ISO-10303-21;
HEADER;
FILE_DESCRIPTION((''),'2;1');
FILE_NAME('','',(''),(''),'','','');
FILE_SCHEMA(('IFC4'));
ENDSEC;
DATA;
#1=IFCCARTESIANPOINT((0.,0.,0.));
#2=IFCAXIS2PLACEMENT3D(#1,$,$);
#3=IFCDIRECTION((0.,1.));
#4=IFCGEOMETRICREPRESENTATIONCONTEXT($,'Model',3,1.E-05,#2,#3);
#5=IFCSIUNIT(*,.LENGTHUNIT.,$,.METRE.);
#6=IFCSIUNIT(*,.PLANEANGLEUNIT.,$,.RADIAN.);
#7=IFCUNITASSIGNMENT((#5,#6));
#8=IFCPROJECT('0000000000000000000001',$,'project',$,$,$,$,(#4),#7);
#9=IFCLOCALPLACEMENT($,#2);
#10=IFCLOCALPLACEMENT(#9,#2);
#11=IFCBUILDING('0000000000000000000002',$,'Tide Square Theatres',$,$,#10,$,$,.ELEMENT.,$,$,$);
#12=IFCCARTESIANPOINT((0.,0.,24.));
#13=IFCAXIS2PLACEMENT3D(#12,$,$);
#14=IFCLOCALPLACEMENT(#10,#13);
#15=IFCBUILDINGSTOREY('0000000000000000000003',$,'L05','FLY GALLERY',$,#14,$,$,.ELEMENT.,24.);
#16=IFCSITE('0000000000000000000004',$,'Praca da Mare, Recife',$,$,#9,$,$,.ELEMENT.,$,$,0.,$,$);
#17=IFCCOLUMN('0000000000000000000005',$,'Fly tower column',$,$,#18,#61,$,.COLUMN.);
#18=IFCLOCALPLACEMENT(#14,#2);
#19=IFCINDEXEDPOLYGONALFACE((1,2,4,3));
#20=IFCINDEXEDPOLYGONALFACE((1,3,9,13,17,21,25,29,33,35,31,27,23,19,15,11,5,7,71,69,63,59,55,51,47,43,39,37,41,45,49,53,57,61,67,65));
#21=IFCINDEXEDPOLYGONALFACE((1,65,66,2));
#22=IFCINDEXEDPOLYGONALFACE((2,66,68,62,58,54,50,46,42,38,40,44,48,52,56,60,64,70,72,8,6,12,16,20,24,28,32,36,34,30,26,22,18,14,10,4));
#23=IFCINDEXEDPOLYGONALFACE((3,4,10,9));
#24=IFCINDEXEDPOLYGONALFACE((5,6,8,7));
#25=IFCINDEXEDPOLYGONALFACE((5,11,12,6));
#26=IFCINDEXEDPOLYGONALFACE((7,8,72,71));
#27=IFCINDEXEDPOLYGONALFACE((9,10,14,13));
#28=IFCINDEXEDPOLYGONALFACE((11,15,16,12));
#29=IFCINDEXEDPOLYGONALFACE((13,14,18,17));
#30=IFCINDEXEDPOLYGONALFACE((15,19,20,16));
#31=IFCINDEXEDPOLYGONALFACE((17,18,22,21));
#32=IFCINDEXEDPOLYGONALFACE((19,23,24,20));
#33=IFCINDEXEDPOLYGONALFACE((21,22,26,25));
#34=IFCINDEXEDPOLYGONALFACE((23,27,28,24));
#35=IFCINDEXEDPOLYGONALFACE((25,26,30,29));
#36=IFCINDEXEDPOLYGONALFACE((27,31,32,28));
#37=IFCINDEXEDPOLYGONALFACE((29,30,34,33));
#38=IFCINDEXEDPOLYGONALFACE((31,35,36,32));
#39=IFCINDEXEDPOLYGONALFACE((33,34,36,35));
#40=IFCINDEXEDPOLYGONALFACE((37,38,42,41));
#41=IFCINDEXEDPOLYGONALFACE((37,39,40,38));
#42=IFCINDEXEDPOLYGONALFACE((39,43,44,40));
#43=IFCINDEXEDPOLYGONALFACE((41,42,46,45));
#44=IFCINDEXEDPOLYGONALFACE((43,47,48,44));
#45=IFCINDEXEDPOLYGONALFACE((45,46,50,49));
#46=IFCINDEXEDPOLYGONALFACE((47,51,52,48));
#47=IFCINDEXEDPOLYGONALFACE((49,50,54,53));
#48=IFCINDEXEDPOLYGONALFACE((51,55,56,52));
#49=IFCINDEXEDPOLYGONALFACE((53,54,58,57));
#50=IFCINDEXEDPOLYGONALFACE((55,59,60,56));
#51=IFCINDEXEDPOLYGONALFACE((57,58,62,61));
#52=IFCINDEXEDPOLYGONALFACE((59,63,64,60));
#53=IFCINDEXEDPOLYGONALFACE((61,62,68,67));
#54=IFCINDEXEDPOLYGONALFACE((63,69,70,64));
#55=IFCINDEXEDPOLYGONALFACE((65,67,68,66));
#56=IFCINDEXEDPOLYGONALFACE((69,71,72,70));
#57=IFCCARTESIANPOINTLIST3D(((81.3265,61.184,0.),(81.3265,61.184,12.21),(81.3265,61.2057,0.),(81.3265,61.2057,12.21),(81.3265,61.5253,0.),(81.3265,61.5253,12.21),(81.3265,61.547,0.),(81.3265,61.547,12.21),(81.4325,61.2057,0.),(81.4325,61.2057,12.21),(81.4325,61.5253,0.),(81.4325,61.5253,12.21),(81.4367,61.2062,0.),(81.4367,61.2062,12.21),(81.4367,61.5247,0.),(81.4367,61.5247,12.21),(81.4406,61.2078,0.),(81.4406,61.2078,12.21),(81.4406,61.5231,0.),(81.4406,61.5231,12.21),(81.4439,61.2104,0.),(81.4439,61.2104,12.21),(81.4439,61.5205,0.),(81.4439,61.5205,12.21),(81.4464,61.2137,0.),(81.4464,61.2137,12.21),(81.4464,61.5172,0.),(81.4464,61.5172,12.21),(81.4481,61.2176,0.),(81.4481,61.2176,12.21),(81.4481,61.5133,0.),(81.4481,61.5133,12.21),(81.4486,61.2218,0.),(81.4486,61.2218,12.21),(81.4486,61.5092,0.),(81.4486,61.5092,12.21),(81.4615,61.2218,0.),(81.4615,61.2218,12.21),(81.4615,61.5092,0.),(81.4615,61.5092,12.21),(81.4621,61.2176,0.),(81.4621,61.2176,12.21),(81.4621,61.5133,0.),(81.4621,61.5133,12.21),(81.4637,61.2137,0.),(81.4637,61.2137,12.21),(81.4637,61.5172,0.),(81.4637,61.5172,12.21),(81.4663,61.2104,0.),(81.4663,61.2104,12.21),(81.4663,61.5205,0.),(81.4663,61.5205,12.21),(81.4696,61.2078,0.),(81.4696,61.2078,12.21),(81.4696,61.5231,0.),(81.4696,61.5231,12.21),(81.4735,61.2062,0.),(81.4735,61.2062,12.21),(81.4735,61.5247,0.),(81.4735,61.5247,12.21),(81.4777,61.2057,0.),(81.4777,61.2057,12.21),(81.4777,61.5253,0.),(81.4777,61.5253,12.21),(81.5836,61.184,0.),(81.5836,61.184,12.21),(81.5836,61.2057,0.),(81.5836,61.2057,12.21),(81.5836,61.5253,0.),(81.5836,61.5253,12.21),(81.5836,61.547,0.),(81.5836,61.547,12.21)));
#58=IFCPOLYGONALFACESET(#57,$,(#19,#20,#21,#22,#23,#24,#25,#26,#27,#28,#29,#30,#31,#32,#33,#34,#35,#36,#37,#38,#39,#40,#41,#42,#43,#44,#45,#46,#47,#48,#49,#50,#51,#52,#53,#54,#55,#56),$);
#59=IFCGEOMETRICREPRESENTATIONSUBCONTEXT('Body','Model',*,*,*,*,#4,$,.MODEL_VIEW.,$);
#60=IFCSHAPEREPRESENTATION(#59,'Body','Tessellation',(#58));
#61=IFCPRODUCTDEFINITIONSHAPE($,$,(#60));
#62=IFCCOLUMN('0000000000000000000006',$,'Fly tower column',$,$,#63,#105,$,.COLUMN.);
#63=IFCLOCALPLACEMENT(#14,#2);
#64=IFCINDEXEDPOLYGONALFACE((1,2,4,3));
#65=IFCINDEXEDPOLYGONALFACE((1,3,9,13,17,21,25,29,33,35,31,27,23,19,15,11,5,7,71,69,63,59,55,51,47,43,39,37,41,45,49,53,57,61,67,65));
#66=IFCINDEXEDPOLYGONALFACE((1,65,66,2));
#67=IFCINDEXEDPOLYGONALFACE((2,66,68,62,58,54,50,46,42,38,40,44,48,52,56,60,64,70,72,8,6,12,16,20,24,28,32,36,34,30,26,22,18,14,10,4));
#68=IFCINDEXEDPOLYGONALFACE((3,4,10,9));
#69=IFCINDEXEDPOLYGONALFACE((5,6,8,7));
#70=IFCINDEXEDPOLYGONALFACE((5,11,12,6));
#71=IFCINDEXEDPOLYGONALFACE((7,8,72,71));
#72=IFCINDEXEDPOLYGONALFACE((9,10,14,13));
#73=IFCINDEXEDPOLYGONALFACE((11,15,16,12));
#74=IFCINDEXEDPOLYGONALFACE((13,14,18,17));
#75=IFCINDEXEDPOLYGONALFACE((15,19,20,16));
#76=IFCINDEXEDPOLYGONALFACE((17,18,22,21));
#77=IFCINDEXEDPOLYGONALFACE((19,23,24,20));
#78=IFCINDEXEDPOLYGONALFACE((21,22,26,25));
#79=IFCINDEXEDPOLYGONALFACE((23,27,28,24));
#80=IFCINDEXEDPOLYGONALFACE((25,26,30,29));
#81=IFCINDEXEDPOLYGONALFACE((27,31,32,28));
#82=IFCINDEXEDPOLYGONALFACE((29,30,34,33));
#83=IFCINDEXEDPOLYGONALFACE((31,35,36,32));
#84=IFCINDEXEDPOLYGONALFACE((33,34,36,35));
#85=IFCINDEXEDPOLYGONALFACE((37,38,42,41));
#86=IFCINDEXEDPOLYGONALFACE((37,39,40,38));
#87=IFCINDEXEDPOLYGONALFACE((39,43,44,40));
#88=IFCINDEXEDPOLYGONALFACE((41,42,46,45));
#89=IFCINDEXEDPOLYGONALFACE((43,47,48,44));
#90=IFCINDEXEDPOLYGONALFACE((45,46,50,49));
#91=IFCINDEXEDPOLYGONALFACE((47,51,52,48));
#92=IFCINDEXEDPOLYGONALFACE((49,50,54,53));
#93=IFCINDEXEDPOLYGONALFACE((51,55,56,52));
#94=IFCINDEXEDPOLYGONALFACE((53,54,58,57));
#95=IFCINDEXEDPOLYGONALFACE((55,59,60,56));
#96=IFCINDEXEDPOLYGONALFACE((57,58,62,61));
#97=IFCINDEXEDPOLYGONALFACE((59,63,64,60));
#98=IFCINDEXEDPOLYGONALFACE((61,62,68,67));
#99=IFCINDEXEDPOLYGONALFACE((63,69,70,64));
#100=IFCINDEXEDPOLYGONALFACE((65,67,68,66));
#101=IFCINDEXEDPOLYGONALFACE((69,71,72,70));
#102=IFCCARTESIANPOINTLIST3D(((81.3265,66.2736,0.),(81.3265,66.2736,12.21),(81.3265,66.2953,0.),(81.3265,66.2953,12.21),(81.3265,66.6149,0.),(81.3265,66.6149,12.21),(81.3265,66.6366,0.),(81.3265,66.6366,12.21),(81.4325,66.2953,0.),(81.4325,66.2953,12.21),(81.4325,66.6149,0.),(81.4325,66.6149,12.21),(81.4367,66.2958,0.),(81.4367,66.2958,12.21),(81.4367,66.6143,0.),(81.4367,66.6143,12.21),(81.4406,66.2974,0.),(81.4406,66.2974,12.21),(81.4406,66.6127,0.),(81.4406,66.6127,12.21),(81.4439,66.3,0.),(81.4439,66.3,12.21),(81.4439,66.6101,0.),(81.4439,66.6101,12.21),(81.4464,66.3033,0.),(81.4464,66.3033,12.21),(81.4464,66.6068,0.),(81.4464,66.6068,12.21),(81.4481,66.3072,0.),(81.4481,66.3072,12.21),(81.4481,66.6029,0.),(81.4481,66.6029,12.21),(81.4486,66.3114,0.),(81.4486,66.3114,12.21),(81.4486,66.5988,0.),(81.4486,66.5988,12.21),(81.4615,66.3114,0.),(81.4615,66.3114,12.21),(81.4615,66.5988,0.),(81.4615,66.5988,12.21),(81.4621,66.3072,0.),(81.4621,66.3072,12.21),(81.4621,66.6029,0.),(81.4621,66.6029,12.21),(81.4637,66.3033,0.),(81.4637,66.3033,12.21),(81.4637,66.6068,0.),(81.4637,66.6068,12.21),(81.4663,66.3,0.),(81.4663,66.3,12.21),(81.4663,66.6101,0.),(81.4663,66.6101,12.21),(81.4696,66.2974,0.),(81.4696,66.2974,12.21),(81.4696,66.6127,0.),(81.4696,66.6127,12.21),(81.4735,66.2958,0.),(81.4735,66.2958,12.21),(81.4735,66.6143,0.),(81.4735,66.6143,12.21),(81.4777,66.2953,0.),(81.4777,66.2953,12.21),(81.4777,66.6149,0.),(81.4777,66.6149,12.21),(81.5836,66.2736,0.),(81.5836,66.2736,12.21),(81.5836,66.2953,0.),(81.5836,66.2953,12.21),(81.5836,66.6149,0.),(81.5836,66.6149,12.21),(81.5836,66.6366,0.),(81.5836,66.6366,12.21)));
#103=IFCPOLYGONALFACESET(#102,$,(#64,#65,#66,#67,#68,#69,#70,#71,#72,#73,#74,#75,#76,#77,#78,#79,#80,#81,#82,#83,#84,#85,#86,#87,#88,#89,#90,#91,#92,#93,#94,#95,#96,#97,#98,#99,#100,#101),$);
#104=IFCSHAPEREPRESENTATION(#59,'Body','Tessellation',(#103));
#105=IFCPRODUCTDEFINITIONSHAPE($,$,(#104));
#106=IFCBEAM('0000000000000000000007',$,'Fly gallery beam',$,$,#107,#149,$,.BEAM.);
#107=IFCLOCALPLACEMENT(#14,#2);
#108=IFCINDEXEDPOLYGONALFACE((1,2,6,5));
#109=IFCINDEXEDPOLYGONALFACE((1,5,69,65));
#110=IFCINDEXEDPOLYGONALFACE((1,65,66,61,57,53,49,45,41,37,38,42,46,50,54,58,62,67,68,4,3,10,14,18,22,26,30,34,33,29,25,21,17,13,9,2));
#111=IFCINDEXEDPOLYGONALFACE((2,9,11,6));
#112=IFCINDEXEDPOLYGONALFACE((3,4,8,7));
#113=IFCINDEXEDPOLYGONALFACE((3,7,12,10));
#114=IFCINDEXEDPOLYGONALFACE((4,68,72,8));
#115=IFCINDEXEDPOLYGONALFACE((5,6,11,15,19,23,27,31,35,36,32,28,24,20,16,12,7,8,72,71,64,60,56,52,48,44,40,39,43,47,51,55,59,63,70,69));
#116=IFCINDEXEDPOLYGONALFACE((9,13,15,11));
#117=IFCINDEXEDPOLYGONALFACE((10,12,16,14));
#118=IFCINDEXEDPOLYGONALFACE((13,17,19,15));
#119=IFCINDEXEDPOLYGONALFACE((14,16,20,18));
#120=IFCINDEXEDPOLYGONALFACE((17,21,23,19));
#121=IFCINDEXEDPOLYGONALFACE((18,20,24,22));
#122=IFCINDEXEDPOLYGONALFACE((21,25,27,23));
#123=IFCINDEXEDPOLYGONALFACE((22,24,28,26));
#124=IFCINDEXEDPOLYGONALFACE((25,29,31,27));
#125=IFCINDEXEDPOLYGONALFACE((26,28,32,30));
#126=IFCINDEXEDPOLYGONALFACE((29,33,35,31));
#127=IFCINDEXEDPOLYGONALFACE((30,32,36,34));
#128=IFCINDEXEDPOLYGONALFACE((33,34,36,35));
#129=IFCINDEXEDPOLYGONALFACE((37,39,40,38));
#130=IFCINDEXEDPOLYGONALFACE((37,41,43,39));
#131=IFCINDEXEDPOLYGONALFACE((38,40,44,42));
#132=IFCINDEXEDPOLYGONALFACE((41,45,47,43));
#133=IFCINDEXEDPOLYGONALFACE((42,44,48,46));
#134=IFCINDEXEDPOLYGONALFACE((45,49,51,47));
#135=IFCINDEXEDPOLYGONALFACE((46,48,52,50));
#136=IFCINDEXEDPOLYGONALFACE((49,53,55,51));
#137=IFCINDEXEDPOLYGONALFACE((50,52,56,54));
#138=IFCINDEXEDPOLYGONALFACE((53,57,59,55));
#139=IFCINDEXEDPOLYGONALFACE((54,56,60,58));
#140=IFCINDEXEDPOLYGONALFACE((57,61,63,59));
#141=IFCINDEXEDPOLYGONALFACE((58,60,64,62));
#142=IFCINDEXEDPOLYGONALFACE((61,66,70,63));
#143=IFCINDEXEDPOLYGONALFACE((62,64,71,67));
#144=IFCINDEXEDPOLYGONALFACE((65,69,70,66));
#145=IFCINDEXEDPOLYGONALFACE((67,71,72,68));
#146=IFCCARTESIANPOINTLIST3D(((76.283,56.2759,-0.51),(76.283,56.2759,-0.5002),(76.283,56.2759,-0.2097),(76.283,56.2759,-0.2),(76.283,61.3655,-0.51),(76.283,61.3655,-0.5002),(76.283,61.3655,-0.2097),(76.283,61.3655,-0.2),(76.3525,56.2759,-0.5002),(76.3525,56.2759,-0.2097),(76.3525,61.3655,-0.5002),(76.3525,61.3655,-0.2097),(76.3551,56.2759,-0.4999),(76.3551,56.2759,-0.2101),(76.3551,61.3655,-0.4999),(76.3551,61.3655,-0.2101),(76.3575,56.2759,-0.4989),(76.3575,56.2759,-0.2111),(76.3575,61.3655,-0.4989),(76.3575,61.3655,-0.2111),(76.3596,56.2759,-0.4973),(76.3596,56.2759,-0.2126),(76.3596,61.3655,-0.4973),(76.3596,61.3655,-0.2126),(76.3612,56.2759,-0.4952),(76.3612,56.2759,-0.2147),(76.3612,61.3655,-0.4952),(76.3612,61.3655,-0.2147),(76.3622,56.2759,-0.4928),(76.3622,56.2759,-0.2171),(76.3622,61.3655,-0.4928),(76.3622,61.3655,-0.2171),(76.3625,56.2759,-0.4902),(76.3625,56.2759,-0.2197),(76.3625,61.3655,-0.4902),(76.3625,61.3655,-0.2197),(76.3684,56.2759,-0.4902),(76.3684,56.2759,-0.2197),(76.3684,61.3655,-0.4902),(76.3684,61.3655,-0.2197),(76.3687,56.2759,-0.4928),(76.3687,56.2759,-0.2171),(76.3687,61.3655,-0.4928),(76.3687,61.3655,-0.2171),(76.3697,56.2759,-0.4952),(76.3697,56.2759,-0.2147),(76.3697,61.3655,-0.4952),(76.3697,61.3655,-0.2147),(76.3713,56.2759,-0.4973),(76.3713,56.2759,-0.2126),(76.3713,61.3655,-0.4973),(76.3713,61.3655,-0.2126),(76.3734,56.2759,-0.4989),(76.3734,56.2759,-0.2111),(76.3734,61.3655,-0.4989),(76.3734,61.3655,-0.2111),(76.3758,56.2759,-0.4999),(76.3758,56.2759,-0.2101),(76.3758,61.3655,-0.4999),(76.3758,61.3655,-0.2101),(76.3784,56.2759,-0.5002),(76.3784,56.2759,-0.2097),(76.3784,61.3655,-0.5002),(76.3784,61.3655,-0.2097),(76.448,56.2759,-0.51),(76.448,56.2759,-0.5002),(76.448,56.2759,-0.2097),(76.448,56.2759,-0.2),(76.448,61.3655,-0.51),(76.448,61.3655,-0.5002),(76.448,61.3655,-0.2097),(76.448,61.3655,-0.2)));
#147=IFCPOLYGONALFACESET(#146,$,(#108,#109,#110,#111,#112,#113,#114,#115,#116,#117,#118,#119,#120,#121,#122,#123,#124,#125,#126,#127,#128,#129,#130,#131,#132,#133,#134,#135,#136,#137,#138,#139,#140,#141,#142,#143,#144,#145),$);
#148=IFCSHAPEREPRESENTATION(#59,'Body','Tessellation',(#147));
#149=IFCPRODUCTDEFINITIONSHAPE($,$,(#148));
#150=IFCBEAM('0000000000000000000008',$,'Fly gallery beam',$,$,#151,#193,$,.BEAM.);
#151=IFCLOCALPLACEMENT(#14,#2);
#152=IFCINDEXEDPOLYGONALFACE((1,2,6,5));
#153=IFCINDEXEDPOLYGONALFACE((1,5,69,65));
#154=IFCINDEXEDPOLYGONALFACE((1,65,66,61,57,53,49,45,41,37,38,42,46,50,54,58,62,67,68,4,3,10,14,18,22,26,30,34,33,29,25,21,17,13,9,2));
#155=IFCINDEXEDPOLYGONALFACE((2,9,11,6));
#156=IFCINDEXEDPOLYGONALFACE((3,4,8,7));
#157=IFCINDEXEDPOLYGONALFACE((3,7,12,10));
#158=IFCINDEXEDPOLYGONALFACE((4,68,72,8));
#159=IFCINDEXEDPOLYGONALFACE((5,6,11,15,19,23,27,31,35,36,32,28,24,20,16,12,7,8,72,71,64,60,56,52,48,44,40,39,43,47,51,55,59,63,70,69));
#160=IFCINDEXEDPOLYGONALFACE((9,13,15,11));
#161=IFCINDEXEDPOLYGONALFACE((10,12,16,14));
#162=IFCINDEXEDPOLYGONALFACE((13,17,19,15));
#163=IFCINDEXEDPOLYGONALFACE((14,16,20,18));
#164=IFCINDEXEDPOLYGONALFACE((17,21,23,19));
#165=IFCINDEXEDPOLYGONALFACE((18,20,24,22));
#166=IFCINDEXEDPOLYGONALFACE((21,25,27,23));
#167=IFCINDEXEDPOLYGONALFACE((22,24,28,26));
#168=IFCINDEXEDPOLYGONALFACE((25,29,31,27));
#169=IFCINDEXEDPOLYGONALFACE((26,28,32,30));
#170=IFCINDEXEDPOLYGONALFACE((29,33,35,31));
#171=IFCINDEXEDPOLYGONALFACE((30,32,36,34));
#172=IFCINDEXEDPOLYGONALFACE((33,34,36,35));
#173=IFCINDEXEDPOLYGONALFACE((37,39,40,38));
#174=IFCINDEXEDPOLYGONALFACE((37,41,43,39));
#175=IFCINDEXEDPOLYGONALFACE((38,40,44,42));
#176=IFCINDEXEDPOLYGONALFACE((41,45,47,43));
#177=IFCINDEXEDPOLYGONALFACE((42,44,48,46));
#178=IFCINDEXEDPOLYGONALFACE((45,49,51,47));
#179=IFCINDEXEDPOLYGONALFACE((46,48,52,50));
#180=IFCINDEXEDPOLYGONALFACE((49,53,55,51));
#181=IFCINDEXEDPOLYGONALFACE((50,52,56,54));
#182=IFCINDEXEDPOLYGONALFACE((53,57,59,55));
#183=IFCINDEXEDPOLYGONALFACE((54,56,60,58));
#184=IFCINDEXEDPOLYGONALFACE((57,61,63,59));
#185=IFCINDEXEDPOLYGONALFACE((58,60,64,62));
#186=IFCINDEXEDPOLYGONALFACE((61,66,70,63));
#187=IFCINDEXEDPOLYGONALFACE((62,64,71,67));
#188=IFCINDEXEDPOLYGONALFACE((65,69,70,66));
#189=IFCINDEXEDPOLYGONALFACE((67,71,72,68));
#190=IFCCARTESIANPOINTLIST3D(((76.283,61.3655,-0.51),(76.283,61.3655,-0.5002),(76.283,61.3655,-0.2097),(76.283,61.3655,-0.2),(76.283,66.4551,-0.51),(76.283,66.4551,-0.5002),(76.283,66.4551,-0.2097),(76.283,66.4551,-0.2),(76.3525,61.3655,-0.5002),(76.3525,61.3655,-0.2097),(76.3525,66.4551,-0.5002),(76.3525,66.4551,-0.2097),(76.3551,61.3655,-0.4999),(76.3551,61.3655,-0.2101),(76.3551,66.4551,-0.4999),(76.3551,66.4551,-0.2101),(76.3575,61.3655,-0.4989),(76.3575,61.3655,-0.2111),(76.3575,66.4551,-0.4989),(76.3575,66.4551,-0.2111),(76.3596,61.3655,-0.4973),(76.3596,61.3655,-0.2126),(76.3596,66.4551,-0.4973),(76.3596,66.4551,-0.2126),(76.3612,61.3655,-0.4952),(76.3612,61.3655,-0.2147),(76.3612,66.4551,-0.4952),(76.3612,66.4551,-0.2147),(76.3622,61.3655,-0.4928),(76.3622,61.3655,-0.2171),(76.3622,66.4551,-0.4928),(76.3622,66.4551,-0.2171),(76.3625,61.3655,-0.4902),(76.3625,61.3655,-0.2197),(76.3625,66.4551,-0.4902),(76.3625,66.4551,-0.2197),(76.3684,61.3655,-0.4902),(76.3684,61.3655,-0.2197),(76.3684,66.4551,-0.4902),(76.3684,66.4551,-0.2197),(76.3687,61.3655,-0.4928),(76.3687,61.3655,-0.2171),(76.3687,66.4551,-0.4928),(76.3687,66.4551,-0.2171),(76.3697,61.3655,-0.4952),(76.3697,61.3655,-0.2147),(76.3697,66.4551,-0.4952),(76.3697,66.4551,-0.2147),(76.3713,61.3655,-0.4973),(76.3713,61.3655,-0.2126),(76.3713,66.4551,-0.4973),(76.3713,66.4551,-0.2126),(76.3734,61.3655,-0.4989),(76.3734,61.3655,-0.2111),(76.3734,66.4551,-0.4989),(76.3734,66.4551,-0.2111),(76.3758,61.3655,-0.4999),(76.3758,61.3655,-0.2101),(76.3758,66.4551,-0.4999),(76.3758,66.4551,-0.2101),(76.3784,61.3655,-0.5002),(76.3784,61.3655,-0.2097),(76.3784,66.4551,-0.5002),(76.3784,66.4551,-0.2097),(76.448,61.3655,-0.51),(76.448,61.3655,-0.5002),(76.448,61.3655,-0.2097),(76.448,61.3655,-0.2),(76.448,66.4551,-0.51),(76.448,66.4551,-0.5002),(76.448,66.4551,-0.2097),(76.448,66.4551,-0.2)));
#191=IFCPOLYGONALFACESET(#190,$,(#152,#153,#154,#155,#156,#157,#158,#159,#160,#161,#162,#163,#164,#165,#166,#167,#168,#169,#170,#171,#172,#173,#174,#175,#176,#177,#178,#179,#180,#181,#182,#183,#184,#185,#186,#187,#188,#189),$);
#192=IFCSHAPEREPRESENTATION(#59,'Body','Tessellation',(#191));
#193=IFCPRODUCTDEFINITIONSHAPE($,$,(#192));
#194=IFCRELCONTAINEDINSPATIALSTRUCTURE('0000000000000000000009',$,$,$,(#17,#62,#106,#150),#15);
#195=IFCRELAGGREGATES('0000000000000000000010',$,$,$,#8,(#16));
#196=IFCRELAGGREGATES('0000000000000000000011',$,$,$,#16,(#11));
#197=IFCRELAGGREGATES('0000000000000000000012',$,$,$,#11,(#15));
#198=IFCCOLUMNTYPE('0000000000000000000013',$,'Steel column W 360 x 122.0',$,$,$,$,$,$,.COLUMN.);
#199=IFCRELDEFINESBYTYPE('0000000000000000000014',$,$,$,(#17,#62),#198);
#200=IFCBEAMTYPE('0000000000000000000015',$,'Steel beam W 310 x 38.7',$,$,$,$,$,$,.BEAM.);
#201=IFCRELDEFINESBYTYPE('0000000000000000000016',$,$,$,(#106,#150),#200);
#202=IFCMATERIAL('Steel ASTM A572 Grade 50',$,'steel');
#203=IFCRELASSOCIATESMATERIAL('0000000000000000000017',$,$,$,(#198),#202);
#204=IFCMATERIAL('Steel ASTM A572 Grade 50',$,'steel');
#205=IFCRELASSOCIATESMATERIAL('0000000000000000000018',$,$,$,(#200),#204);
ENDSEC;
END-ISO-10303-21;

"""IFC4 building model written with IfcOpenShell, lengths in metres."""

from ifc_helpers import new_model, si_unit, direction, frame, origin, origin_2d, place, context, subcontext, project, spatial, i_section, extrude, material, material_profile, profile_set, type_object, element, save


model = new_model("IFC4")

# Units and contexts
model_context = context("Model", 3, precision=1e-05, world=origin(), true_north=direction((0.0, 1.0)))
body_context = subcontext(model_context, "Body", "Model", "MODEL_VIEW")
ifc_project = project(units=[si_unit("LENGTHUNIT", "METRE"), si_unit("PLANEANGLEUNIT", "RADIAN")], contexts=[model_context])

# Site, building, storey
site_placement = place(None, origin())
site = spatial("IfcSite", under=ifc_project, at=site_placement, Name="Praca da Mare, Recife", CompositionType="ELEMENT", RefElevation=0.0)
building_placement = place(site_placement, origin())
building = spatial("IfcBuilding", under=site, at=building_placement, Name="Tide Square Theatres", CompositionType="ELEMENT")
storey_placement = place(building_placement, frame((0.0, 0.0, 24.0)))
storey = spatial("IfcBuildingStorey", under=building, at=storey_placement, Name="L05", Description="FLY GALLERY", CompositionType="ELEMENT", Elevation=24.0)

# Columns
ifc_material_1 = material(Name="Steel ASTM A572 Grade 50", Category="steel")
ifc_material_profile_1 = material_profile(ifc_material_1, i_section(OverallWidth=0.2571, OverallDepth=0.363, WebThickness=0.0129, FlangeThickness=0.0217, FilletRadius=0.0161, at=origin_2d()))
ifc_profile_set_1 = profile_set([ifc_material_profile_1], Name="Steel ASTM A572 Grade 50")
column_type_1 = type_object("IfcColumnType", Name="Steel column W 360 x 122.0", PredefinedType="COLUMN", material=ifc_profile_set_1)
for number, where, z_axis, x_axis, name in (
    (1, (81.4551, 61.3655, 0.0), (0.0, 0.0, 1.0), (1.0, 0.0, 0.0), "Fly tower column"),
    (2, (81.4551, 66.4551, 0.0), (0.0, 0.0, 1.0), (1.0, 0.0, 0.0), "Fly tower column"),
):
    element("IfcColumn", number, at=place(storey_placement, frame(where, z_axis=z_axis, x_axis=x_axis)), inside=storey, type_object=column_type_1, Name=name, PredefinedType="COLUMN", context=body_context, shape_type="SweptSolid", body=[
        extrude(i_section(OverallWidth=0.2571, OverallDepth=0.363, WebThickness=0.0129, FlangeThickness=0.0217, FilletRadius=0.0161, at=origin_2d()), origin(), (0.0, 0.0, 1.0), 12.21),
    ])

# Beams
ifc_material_2 = material(Name="Steel ASTM A572 Grade 50", Category="steel")
ifc_material_profile_2 = material_profile(ifc_material_2, i_section(OverallWidth=0.165, OverallDepth=0.3101, WebThickness=0.0059, FlangeThickness=0.0098, FilletRadius=0.01, at=origin_2d()))
ifc_profile_set_2 = profile_set([ifc_material_profile_2], Name="Steel ASTM A572 Grade 50")
beam_type_1 = type_object("IfcBeamType", Name="Steel beam W 310 x 38.7", PredefinedType="BEAM", material=ifc_profile_set_2)
for number, where, z_axis, x_axis, name in (
    (3, (76.3655, 56.2759, -0.355), (0.0, 1.0, 0.0), (-1.0, 0.0, 0.0), "Fly gallery beam"),
    (4, (76.3655, 61.3655, -0.355), (0.0, 1.0, 0.0), (-1.0, 0.0, 0.0), "Fly gallery beam"),
):
    element("IfcBeam", number, at=place(storey_placement, frame(where, z_axis=z_axis, x_axis=x_axis)), inside=storey, type_object=beam_type_1, Name=name, PredefinedType="BEAM", context=body_context, shape_type="SweptSolid", body=[
        extrude(i_section(OverallWidth=0.165, OverallDepth=0.3101, WebThickness=0.0059, FlangeThickness=0.0098, FilletRadius=0.01, at=origin_2d()), origin(), (0.0, 0.0, 1.0), 5.0896),
    ])

save(model, "model.ifc")
